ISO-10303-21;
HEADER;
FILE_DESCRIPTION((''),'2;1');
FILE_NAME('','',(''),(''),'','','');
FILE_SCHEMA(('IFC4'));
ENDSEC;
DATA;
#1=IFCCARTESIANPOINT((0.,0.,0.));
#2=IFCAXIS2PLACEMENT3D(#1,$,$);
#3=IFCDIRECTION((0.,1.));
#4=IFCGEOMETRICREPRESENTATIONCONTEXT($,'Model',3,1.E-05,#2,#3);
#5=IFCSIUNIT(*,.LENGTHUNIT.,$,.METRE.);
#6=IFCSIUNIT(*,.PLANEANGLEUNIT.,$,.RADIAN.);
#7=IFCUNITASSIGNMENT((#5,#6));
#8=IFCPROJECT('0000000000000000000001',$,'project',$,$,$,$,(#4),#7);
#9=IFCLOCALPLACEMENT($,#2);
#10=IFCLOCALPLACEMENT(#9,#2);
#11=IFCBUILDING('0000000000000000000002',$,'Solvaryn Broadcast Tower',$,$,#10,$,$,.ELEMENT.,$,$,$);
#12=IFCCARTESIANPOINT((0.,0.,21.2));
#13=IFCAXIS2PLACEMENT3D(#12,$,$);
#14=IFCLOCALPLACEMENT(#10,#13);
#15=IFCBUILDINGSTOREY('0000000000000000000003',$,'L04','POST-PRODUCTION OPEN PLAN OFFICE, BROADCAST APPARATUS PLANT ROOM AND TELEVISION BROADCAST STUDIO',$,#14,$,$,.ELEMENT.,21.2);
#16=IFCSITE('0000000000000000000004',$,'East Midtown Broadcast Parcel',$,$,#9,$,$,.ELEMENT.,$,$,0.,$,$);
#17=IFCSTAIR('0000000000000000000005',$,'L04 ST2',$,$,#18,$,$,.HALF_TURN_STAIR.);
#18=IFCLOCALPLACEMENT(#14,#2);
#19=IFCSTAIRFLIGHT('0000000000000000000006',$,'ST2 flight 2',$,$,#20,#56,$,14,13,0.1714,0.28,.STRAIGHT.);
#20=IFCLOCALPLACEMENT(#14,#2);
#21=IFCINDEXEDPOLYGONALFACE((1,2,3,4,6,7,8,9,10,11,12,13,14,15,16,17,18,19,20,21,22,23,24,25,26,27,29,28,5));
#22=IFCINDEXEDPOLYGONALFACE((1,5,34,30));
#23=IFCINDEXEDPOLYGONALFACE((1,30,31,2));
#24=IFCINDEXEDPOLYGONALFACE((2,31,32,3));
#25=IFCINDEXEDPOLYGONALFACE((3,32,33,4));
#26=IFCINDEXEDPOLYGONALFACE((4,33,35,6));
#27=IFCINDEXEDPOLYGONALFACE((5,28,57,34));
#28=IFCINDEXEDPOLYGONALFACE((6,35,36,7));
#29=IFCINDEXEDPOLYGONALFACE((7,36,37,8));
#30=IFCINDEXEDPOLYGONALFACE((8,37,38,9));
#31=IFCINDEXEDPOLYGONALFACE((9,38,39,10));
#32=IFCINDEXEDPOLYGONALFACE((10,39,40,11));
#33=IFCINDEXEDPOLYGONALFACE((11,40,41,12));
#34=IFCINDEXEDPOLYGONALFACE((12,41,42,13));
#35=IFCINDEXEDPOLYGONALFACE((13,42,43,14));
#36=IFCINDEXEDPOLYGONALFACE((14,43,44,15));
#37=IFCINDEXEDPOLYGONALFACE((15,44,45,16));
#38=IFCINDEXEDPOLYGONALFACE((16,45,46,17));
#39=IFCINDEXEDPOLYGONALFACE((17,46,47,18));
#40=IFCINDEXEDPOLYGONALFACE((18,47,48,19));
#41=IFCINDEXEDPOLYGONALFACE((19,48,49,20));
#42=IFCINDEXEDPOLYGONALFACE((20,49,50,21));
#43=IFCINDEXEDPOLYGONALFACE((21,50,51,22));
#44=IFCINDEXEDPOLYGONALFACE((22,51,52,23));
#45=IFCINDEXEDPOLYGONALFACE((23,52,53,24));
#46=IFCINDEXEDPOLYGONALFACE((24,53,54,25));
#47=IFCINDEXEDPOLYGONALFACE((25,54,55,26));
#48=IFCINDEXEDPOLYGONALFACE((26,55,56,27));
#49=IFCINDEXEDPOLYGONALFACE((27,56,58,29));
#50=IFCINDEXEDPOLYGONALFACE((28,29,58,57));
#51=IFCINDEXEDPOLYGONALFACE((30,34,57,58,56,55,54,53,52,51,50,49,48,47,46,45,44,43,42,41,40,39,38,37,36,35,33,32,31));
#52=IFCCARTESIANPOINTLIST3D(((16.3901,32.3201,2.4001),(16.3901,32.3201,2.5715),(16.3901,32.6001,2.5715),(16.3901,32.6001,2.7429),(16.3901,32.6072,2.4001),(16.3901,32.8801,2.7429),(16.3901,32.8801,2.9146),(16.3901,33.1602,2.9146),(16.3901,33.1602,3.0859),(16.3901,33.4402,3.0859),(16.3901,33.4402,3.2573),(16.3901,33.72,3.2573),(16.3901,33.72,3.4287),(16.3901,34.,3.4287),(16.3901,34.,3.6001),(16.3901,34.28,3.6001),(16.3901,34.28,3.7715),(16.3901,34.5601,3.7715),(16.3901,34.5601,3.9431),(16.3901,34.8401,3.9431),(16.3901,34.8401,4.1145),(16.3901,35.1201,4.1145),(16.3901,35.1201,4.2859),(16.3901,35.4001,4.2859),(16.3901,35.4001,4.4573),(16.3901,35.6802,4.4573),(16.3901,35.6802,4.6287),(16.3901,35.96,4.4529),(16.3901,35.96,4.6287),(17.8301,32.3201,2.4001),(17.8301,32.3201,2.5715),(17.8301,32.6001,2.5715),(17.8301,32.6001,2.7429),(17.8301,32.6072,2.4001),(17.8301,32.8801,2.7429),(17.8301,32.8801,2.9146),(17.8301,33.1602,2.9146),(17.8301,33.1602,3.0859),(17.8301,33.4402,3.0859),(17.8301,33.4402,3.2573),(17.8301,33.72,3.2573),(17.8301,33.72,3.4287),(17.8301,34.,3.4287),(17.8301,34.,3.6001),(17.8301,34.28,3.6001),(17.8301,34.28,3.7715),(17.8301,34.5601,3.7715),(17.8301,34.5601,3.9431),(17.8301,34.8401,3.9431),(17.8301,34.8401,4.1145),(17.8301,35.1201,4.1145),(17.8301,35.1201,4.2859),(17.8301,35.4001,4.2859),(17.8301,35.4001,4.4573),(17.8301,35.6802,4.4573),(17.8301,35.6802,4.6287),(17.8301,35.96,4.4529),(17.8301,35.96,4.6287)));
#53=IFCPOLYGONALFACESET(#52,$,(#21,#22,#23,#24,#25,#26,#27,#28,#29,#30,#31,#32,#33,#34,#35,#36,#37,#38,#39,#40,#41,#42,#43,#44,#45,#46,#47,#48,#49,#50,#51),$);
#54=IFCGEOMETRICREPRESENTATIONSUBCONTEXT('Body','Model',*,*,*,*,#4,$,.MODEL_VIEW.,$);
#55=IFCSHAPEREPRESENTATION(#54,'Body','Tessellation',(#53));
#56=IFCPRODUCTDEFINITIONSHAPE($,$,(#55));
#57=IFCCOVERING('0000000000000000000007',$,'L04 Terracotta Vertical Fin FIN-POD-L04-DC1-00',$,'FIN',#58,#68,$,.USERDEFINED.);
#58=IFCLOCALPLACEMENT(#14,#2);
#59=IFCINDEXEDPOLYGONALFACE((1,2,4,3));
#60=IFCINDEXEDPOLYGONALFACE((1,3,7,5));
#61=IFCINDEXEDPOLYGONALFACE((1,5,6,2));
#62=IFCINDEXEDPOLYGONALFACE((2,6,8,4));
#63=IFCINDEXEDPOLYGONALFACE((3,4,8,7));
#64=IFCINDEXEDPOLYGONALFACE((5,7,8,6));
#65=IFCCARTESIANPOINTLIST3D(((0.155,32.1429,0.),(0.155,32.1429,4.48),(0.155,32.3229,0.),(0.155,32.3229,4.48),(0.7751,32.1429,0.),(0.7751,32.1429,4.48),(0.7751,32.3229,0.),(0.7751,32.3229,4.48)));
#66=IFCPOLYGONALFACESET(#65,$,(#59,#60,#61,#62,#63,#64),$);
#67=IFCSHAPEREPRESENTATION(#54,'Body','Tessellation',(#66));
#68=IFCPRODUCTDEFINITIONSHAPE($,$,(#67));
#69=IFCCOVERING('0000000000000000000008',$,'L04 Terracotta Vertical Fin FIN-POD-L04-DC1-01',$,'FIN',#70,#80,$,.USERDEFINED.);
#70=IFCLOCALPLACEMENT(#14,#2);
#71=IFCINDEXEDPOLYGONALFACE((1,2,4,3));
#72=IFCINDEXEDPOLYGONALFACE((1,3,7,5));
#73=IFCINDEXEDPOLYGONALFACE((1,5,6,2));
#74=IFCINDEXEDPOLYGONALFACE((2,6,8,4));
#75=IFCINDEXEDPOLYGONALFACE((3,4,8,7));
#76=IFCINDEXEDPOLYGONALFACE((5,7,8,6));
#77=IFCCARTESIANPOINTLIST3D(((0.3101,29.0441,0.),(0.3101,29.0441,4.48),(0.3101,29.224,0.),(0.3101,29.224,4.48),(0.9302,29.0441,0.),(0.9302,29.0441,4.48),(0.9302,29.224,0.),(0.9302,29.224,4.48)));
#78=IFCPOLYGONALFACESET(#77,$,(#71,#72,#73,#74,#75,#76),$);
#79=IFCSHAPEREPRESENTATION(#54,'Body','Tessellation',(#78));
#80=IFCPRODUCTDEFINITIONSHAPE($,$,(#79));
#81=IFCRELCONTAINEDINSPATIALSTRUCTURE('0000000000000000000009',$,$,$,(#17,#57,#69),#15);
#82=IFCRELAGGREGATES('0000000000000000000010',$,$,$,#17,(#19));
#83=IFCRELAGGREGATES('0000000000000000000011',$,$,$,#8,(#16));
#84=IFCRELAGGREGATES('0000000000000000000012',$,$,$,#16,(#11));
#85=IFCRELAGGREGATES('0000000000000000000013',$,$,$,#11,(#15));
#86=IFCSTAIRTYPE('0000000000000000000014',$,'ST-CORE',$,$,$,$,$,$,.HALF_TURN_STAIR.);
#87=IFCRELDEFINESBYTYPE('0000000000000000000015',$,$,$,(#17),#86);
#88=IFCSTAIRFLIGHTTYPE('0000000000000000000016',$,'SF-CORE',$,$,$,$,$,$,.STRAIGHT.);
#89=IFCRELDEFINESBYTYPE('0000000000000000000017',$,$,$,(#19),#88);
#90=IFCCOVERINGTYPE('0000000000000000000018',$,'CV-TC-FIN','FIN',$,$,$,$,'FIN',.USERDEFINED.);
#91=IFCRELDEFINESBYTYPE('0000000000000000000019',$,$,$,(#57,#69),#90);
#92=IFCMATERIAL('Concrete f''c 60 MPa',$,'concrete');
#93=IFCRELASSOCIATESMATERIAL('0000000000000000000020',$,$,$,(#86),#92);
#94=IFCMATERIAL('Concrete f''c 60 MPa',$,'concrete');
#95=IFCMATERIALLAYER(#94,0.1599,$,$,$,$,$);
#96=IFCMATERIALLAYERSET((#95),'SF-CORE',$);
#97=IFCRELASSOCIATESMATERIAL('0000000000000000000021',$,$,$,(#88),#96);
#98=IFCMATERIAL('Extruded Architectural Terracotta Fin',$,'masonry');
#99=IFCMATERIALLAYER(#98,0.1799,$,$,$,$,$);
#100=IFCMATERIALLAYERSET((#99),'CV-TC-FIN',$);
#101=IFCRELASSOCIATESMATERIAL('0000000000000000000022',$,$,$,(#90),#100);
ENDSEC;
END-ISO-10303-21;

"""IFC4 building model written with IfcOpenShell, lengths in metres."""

from ifc_helpers import new_model, si_unit, direction, frame, origin, origin_2d, place, context, subcontext, project, spatial, polyline, rectangle, outline, extrude, material, layer, layer_set, type_object, element, aggregate, save


model = new_model("IFC4")

# Units and contexts
model_context = context("Model", 3, precision=1e-05, world=origin(), true_north=direction((0.0, 1.0)))
body_context = subcontext(model_context, "Body", "Model", "MODEL_VIEW")
ifc_project = project(units=[si_unit("LENGTHUNIT", "METRE"), si_unit("PLANEANGLEUNIT", "RADIAN")], contexts=[model_context])

# Site, building, storey
site_placement = place(None, origin())
site = spatial("IfcSite", under=ifc_project, at=site_placement, Name="East Midtown Broadcast Parcel", CompositionType="ELEMENT", RefElevation=0.0)
building_placement = place(site_placement, origin())
building = spatial("IfcBuilding", under=site, at=building_placement, Name="Solvaryn Broadcast Tower", CompositionType="ELEMENT")
storey_placement = place(building_placement, frame((0.0, 0.0, 21.2)))
storey = spatial("IfcBuildingStorey", under=building, at=storey_placement, Name="L04", Description="POST-PRODUCTION OPEN PLAN OFFICE, BROADCAST APPARATUS PLANT ROOM AND TELEVISION BROADCAST STUDIO", CompositionType="ELEMENT", Elevation=21.2)

# Shared definitions
ifc_material_1 = material(Name="Concrete f'c 60 MPa", Category="concrete")
stair_type = type_object("IfcStairType", Name="ST-CORE", PredefinedType="HALF_TURN_STAIR", material=ifc_material_1)
ifc_material_2 = material(Name="Concrete f'c 60 MPa", Category="concrete")
ifc_layer_1 = layer(ifc_material_2, 0.1599)
ifc_layer_set_1 = layer_set([ifc_layer_1], Name="SF-CORE")
stair_flight_type = type_object("IfcStairFlightType", Name="SF-CORE", PredefinedType="STRAIGHT", material=ifc_layer_set_1)

# Stair, stair flight
stair_1_placement = place(storey_placement, origin())
stair_1 = element("IfcStair", 1, at=stair_1_placement, inside=storey, type_object=stair_type, Name="L04 ST2", PredefinedType="HALF_TURN_STAIR")
stair_flight_1_placement = place(storey_placement, frame((17.1101, 32.3201, 2.4001), z_axis=(0.0, 0.0, 1.0), x_axis=(0.0, 1.0, 0.0)))
stair_flight_1 = element("IfcStairFlight", 2, at=stair_flight_1_placement, type_object=stair_flight_type, Name="ST2 flight 2", NumberOfRisers=14, NumberOfTreads=13, PredefinedType="STRAIGHT", RiserHeight=0.1714, TreadLength=0.28, context=body_context, shape_type="SweptSolid", body=[
    extrude(outline(polyline([(0.0, 0.0), (0.0, 0.1714), (0.28, 0.1714), (0.28, 0.3428), (0.5601, 0.3428), (0.5601, 0.5144), (0.8401, 0.5144), (0.8401, 0.6858), (1.1201, 0.6858), (1.1201, 0.8572), (1.3999, 0.8572), (1.3999, 1.0286), (1.6799, 1.0286), (1.6799, 1.2), (1.96, 1.2), (1.96, 1.3713), (2.24, 1.3713), (2.24, 1.543), (2.52, 1.543), (2.52, 1.7144), (2.8, 1.7144), (2.8, 1.8857), (3.0801, 1.8857), (3.0801, 2.0571), (3.3601, 2.0571), (3.3601, 2.2285), (3.6399, 2.2285), (3.6399, 2.3999), (3.6399, 2.0527), (0.2871, 0.0), (0.0, 0.0)])), frame((0.0, 0.72, 0.0), z_axis=(0.0, -1.0, 0.0), x_axis=(1.0, 0.0, 0.0)), (0.0, 0.0, 1.0), 1.4399),
])
aggregate(stair_1, [stair_flight_1])

# Coverings
ifc_material_3 = material(Name="Extruded Architectural Terracotta Fin", Category="masonry")
ifc_layer_2 = layer(ifc_material_3, 0.1799)
ifc_layer_set_2 = layer_set([ifc_layer_2], Name="CV-TC-FIN")
covering_type = type_object("IfcCoveringType", Name="CV-TC-FIN", Description="FIN", ElementType="FIN", PredefinedType="USERDEFINED", material=ifc_layer_set_2)
for number, where, z_axis, x_axis, name in (
    (3, (0.4651, 32.2329, 0.0), (0.0, 0.0, 1.0), (1.0, 0.0, 0.0), "L04 Terracotta Vertical Fin FIN-POD-L04-DC1-00"),
    (4, (0.6201, 29.134, 0.0), (0.0, 0.0, 1.0), (1.0, 0.0, 0.0), "L04 Terracotta Vertical Fin FIN-POD-L04-DC1-01"),
):
    element("IfcCovering", number, at=place(storey_placement, frame(where, z_axis=z_axis, x_axis=x_axis)), inside=storey, type_object=covering_type, Name=name, ObjectType="FIN", PredefinedType="USERDEFINED", context=body_context, shape_type="SweptSolid", body=[
        extrude(rectangle(XDim=0.6201, YDim=0.1799, at=origin_2d()), origin(), (0.0, 0.0, 1.0), 4.48),
    ])

save(model, "model.ifc")
